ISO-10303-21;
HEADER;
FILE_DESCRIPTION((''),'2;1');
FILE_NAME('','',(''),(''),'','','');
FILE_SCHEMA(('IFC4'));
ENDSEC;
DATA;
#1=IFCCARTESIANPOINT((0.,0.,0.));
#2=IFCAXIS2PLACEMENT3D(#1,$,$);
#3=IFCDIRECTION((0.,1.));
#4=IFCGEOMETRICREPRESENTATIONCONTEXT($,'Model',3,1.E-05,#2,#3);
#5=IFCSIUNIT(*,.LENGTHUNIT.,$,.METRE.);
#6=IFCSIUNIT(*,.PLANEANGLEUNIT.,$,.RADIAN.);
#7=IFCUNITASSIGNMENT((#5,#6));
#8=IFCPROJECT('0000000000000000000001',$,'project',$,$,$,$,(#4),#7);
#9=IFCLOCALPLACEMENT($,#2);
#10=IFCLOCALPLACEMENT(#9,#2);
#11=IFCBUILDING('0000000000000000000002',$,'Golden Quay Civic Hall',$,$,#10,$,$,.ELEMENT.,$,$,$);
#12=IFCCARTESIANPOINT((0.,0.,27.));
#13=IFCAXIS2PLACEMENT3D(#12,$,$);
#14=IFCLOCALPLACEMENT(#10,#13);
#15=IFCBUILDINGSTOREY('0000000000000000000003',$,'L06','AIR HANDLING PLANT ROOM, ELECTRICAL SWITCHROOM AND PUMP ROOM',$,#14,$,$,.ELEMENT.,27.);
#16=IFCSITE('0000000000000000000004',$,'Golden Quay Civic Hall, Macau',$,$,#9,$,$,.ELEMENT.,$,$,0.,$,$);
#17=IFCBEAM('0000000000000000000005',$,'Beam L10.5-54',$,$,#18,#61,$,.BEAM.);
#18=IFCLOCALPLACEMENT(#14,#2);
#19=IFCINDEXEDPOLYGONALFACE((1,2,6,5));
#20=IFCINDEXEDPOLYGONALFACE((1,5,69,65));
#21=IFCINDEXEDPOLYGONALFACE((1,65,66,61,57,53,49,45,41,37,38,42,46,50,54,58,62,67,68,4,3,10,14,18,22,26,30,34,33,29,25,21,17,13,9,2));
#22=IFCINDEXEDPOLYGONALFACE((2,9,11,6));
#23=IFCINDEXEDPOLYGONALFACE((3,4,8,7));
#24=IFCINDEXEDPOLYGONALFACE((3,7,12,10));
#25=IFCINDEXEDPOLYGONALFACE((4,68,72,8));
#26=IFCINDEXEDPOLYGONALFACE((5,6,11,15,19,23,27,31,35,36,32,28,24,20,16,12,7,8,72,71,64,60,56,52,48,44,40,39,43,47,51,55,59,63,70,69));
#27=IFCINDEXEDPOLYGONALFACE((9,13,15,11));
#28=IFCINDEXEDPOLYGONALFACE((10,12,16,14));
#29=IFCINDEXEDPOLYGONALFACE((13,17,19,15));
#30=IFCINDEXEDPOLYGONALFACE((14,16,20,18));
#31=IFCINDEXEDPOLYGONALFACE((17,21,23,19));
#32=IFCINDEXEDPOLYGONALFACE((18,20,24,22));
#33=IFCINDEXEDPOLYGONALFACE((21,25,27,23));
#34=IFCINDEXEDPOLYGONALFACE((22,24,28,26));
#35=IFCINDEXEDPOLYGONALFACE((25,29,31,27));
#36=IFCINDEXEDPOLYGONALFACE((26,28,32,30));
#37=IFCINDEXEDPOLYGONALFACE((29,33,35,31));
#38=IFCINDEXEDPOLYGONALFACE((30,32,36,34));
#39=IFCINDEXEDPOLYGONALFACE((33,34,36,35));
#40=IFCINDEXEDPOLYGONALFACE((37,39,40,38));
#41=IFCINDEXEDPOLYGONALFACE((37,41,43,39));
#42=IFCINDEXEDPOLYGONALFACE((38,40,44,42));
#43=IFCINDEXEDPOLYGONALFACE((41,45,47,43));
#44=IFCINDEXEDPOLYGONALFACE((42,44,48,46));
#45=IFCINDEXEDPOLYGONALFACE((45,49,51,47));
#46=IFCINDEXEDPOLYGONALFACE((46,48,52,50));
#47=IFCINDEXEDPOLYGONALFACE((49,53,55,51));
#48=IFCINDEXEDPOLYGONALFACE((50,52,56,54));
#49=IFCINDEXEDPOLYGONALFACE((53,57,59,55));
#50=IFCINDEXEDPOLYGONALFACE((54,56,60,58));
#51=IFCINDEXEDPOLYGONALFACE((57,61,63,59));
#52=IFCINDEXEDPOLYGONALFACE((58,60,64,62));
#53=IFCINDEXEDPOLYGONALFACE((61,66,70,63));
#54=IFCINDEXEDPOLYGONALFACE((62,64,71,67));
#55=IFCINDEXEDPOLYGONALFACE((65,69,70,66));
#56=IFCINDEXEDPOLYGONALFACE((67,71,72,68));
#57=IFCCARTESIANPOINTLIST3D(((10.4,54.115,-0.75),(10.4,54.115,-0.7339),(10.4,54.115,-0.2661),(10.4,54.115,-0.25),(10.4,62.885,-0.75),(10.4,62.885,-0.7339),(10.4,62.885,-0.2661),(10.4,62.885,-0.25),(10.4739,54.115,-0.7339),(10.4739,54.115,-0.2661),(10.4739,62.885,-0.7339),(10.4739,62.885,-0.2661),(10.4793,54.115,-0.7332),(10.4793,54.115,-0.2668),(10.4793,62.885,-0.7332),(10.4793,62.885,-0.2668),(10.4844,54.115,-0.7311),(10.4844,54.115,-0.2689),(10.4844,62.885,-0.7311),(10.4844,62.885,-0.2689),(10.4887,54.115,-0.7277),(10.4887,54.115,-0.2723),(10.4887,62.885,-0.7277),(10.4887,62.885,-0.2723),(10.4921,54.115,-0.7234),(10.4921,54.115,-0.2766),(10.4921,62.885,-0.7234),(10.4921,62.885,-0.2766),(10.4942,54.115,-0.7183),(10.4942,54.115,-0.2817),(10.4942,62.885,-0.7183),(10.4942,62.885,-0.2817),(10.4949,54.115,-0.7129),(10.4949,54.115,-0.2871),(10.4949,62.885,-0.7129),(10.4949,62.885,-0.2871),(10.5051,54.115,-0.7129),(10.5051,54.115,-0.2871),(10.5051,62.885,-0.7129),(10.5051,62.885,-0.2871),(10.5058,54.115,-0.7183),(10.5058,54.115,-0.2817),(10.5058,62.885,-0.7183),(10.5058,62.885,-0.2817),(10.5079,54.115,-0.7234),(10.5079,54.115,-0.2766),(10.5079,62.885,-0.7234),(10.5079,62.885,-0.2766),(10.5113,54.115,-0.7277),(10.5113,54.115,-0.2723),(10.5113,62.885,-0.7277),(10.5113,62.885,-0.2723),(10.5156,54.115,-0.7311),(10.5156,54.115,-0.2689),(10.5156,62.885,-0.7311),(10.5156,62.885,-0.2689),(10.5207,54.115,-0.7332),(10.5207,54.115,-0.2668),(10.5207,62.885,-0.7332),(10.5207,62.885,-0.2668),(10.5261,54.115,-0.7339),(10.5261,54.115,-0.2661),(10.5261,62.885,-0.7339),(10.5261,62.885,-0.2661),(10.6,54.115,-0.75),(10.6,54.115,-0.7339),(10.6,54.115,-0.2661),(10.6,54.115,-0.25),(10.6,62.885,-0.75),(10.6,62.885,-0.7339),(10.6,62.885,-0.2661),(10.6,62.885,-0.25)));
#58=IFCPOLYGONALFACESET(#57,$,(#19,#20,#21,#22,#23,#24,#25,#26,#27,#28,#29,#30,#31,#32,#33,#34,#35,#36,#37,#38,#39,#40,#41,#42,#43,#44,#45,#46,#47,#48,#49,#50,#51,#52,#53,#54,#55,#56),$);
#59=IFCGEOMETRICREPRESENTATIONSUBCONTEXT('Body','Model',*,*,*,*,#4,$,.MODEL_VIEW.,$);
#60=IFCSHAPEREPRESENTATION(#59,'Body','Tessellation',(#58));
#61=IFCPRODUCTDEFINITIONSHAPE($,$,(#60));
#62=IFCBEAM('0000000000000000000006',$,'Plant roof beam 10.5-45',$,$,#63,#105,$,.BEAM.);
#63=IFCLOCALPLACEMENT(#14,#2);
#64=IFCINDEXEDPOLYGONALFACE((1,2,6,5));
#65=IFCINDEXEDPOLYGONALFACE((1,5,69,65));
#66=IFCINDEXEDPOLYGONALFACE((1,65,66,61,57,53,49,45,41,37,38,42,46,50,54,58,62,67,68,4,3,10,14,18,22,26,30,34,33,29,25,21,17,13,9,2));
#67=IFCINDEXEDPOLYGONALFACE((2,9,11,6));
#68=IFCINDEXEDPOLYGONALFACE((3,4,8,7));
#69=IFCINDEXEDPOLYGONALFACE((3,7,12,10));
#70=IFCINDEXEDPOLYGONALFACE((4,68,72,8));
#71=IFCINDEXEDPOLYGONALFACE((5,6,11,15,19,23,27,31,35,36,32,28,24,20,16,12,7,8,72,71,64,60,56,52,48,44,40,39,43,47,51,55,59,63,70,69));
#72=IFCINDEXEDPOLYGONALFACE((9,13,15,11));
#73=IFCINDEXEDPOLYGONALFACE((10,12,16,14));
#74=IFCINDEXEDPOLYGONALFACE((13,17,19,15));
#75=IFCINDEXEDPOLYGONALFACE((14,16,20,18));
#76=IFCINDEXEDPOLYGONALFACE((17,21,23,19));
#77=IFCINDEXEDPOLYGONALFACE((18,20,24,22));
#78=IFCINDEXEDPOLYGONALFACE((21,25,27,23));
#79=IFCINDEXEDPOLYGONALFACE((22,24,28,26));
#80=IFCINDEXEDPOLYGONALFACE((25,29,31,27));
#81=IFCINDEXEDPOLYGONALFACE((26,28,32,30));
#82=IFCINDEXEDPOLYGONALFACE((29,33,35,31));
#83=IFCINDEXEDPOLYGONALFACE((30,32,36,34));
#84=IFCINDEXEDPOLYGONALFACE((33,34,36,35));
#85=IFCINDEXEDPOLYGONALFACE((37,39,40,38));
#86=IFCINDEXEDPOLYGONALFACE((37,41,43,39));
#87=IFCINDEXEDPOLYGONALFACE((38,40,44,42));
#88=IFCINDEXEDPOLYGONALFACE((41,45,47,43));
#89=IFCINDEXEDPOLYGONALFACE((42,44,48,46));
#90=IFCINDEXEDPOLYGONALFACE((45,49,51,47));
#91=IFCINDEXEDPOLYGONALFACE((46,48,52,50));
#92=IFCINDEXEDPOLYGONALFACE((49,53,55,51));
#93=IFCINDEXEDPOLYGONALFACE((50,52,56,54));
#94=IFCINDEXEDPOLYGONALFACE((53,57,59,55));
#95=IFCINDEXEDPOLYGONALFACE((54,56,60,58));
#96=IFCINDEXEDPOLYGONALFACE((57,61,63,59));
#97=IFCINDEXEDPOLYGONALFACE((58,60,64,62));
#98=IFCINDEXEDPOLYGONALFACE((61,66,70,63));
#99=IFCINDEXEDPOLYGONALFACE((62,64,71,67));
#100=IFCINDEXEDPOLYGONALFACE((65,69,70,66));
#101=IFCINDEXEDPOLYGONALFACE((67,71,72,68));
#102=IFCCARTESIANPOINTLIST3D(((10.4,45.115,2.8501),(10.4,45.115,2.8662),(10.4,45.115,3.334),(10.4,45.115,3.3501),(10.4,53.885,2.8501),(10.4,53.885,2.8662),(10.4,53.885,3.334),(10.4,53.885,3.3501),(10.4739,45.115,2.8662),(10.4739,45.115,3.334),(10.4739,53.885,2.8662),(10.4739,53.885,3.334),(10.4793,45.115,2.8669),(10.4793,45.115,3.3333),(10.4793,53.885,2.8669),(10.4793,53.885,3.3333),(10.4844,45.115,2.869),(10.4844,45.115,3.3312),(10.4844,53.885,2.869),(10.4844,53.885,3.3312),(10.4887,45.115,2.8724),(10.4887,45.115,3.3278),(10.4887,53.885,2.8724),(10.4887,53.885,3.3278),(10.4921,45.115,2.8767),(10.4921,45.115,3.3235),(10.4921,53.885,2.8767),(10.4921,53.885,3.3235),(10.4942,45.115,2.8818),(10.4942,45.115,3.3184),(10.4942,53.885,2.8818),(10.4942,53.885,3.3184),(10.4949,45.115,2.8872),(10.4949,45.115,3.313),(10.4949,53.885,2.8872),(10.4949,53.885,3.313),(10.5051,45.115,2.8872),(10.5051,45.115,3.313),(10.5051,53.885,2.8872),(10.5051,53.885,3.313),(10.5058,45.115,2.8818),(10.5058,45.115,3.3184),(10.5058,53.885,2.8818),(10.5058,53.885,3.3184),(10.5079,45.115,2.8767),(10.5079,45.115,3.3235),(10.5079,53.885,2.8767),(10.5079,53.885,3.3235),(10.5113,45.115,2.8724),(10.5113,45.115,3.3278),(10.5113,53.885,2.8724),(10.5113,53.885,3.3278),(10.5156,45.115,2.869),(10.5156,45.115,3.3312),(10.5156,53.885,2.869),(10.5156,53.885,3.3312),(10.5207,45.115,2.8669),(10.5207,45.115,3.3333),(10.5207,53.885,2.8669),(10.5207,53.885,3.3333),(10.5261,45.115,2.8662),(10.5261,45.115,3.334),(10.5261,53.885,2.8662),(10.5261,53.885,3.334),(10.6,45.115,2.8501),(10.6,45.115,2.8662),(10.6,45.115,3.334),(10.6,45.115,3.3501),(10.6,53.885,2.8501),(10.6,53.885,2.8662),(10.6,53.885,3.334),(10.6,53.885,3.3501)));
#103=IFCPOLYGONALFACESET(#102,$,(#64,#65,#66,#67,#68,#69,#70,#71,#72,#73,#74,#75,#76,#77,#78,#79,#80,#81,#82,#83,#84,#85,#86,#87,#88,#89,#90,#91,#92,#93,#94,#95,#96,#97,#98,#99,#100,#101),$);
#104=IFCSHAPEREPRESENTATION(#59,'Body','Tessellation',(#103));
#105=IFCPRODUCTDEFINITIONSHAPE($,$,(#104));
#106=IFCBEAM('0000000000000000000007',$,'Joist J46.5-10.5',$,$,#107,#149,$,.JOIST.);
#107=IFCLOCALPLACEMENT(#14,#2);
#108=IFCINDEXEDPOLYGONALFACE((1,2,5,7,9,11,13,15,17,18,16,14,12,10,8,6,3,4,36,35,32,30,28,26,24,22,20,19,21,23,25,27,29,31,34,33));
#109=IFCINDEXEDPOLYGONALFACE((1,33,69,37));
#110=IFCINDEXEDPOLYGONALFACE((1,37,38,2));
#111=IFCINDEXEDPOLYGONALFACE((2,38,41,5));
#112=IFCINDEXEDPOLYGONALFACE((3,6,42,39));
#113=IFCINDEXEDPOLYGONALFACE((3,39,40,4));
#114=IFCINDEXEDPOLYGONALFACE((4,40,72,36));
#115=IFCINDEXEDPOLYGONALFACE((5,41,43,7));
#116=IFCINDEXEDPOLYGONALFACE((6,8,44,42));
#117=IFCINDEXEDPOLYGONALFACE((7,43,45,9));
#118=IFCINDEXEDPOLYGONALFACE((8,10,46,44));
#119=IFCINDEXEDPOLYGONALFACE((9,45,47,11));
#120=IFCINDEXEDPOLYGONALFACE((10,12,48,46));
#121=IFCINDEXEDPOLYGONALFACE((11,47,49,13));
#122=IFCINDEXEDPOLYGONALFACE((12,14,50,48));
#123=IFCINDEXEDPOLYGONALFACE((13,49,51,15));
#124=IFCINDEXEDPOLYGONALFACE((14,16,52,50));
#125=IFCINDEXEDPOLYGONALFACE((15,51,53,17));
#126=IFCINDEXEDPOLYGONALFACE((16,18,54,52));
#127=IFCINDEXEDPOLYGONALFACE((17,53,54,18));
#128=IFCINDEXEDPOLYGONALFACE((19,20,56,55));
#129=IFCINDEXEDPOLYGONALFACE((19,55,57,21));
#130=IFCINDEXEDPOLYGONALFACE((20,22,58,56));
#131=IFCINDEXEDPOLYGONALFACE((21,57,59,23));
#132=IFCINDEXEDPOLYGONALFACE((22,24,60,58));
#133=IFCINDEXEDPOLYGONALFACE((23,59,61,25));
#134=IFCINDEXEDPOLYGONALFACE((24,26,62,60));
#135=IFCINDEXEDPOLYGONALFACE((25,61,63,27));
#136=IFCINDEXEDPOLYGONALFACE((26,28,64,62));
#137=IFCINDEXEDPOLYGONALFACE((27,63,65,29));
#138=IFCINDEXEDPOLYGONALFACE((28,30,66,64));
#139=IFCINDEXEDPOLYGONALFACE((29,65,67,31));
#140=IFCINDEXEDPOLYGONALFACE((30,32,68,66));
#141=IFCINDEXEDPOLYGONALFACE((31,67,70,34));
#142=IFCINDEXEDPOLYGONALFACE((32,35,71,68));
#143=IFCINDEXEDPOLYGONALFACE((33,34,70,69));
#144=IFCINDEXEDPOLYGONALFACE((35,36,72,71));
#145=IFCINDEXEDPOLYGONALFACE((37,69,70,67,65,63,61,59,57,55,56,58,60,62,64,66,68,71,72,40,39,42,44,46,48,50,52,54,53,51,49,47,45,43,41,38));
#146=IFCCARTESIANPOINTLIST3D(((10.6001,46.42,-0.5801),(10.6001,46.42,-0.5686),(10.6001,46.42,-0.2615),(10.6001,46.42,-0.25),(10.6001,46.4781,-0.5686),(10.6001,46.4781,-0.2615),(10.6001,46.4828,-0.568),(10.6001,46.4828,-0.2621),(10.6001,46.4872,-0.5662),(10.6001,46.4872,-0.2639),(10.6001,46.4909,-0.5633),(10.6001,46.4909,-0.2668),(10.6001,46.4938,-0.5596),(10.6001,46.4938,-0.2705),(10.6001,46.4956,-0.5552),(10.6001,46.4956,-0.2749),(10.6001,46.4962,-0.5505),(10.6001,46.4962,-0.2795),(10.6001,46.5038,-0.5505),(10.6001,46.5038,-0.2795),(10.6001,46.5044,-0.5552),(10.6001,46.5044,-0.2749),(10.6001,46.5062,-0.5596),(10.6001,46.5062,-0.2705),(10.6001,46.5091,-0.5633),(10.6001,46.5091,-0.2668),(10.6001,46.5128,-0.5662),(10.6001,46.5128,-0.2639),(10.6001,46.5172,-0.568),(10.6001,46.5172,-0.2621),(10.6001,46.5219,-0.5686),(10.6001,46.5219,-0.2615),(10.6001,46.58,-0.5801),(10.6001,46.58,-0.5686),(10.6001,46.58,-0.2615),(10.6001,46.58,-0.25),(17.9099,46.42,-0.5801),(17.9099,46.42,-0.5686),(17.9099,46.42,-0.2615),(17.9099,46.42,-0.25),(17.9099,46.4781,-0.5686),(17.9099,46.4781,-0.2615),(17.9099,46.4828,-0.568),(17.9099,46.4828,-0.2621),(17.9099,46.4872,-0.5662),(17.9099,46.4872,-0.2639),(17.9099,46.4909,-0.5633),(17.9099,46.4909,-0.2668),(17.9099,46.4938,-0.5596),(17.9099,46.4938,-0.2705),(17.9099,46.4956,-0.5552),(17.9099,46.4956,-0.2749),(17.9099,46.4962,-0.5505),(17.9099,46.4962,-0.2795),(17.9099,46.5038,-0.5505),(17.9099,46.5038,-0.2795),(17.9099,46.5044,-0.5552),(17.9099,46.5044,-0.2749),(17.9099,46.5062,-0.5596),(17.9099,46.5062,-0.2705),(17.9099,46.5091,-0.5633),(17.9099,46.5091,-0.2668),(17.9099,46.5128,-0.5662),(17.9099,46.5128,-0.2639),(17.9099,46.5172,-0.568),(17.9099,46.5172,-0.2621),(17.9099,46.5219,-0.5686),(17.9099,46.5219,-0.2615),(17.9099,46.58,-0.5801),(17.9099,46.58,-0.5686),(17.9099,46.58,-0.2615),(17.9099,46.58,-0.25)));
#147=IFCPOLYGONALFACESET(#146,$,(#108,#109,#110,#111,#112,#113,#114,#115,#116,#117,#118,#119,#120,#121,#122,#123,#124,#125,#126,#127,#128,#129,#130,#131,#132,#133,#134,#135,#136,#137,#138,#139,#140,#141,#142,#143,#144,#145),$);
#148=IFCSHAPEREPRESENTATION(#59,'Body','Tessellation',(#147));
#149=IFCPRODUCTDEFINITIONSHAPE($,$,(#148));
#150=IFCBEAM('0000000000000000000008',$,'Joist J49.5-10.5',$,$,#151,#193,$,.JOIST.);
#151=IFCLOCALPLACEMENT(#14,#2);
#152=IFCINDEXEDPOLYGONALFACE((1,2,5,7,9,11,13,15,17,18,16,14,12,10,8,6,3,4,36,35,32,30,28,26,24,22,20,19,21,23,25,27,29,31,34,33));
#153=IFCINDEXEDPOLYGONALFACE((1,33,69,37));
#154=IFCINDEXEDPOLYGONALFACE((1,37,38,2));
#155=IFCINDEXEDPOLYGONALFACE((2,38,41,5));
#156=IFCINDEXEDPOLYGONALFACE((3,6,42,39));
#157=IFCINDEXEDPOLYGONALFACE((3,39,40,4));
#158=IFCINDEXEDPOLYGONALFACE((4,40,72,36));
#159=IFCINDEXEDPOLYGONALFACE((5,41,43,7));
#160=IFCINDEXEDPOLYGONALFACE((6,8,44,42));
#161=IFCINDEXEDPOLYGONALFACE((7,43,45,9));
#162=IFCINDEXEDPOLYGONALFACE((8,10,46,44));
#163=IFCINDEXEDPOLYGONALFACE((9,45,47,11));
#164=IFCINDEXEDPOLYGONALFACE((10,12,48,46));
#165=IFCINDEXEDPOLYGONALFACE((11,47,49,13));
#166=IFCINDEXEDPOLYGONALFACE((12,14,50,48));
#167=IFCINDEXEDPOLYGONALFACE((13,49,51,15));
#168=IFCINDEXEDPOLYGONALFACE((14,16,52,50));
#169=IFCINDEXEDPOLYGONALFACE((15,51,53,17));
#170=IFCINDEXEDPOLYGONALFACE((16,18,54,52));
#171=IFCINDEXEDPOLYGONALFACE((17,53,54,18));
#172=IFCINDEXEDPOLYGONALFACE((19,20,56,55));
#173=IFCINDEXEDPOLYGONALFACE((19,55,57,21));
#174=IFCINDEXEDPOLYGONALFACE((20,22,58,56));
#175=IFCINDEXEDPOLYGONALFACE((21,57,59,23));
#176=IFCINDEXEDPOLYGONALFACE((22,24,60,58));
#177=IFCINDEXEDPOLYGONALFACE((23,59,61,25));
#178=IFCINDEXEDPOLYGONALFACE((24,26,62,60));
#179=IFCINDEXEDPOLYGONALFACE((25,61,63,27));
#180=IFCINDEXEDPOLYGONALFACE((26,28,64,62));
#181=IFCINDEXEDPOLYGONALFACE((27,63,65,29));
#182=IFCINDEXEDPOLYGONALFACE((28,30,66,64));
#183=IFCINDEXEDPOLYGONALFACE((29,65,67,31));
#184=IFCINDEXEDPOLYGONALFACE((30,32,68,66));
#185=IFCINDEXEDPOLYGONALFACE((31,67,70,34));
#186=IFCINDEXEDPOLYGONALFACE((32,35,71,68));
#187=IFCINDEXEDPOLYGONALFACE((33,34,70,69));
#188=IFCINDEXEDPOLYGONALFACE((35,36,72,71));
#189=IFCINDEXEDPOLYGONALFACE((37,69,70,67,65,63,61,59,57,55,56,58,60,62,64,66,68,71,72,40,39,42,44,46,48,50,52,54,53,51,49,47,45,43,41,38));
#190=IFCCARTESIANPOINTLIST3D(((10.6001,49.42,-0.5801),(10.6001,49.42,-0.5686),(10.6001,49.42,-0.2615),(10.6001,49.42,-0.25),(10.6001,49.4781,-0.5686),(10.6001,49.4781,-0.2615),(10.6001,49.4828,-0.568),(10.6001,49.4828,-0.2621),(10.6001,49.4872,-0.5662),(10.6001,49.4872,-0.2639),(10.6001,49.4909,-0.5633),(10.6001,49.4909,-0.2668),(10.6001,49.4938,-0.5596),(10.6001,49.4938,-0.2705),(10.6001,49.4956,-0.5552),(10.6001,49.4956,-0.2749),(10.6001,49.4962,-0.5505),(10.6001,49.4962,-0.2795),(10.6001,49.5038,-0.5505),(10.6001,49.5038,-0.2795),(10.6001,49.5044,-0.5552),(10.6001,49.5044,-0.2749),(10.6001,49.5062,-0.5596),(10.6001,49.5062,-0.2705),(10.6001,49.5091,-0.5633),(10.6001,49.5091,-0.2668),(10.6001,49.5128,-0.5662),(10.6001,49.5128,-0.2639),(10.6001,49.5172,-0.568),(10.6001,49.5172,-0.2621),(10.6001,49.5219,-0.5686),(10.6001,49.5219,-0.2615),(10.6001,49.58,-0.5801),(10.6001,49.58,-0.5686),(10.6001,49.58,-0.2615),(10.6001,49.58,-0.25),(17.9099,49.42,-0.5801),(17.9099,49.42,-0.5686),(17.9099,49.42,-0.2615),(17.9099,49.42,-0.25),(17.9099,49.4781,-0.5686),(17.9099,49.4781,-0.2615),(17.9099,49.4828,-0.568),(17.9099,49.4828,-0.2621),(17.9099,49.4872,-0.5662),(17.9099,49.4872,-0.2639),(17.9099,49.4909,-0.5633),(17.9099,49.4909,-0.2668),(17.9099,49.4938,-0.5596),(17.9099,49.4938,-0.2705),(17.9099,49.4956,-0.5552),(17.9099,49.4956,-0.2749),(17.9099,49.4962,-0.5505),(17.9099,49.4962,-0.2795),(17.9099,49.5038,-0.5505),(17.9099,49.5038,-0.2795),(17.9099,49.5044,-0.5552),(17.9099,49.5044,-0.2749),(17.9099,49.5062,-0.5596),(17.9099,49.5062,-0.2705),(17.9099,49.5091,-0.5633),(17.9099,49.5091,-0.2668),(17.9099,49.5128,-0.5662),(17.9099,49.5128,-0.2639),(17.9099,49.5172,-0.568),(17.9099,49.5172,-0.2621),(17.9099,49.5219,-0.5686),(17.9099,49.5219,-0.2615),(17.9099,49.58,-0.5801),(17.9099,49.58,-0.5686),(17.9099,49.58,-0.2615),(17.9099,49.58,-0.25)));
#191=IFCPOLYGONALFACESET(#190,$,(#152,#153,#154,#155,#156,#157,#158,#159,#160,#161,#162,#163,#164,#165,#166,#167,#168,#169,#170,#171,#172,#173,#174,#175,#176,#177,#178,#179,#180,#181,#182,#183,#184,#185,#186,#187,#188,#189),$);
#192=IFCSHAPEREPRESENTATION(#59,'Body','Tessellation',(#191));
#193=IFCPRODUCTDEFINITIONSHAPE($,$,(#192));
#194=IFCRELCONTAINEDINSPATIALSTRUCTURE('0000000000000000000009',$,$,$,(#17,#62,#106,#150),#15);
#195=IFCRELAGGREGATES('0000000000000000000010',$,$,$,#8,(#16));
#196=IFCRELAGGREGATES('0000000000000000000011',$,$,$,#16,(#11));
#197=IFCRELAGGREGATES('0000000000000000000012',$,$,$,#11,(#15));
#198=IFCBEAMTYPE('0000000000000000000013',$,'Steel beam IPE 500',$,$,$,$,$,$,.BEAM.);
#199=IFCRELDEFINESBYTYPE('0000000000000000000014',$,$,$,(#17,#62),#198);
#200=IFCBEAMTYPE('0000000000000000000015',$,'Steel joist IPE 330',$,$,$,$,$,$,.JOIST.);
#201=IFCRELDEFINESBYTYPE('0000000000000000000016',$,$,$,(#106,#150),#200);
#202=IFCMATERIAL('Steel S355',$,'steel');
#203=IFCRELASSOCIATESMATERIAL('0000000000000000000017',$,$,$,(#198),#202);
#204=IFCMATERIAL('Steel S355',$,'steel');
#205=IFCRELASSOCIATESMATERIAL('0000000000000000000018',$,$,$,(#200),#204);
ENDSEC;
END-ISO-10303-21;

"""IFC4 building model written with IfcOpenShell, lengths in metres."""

from ifc_helpers import new_model, si_unit, direction, frame, origin, origin_2d, place, context, subcontext, project, spatial, i_section, extrude, material, material_profile, profile_set, type_object, element, save


model = new_model("IFC4")

# Units and contexts
model_context = context("Model", 3, precision=1e-05, world=origin(), true_north=direction((0.0, 1.0)))
body_context = subcontext(model_context, "Body", "Model", "MODEL_VIEW")
ifc_project = project(units=[si_unit("LENGTHUNIT", "METRE"), si_unit("PLANEANGLEUNIT", "RADIAN")], contexts=[model_context])

# Site, building, storey
site_placement = place(None, origin())
site = spatial("IfcSite", under=ifc_project, at=site_placement, Name="Golden Quay Civic Hall, Macau", CompositionType="ELEMENT", RefElevation=0.0)
building_placement = place(site_placement, origin())
building = spatial("IfcBuilding", under=site, at=building_placement, Name="Golden Quay Civic Hall", CompositionType="ELEMENT")
storey_placement = place(building_placement, frame((0.0, 0.0, 27.0)))
storey = spatial("IfcBuildingStorey", under=building, at=storey_placement, Name="L06", Description="AIR HANDLING PLANT ROOM, ELECTRICAL SWITCHROOM AND PUMP ROOM", CompositionType="ELEMENT", Elevation=27.0)

# Beams
ifc_material_1 = material(Name="Steel S355", Category="steel")
ifc_material_profile_1 = material_profile(ifc_material_1, i_section(OverallWidth=0.2, OverallDepth=0.5, WebThickness=0.0103, FlangeThickness=0.0161, FilletRadius=0.021, at=origin_2d()), Name="IPE 500")
ifc_profile_set_1 = profile_set([ifc_material_profile_1], Name="Steel S355")
beam_type_1 = type_object("IfcBeamType", Name="Steel beam IPE 500", PredefinedType="BEAM", material=ifc_profile_set_1)
for number, where, z_axis, x_axis, name in (
    (1, (10.5, 54.115, -0.5), (0.0, 1.0, 0.0), (-1.0, 0.0, 0.0), "Beam L10.5-54"),
    (2, (10.5, 45.115, 3.1001), (0.0, 1.0, 0.0), (-1.0, 0.0, 0.0), "Plant roof beam 10.5-45"),
):
    element("IfcBeam", number, at=place(storey_placement, frame(where, z_axis=z_axis, x_axis=x_axis)), inside=storey, type_object=beam_type_1, Name=name, PredefinedType="BEAM", context=body_context, shape_type="SweptSolid", body=[
        extrude(i_section(OverallWidth=0.2, OverallDepth=0.5, WebThickness=0.0103, FlangeThickness=0.0161, FilletRadius=0.021, at=origin_2d()), origin(), (0.0, 0.0, 1.0), 8.77),
    ])
ifc_material_2 = material(Name="Steel S355", Category="steel")
ifc_material_profile_2 = material_profile(ifc_material_2, i_section(OverallWidth=0.1599, OverallDepth=0.3301, WebThickness=0.0076, FlangeThickness=0.0115, FilletRadius=0.0181, at=origin_2d()), Name="IPE 330")
ifc_profile_set_2 = profile_set([ifc_material_profile_2], Name="Steel S355")
beam_type_2 = type_object("IfcBeamType", Name="Steel joist IPE 330", PredefinedType="JOIST", material=ifc_profile_set_2)
for number, where, z_axis, x_axis, name in (
    (3, (10.6001, 46.5, -0.415), (1.0, 0.0, 0.0), (0.0, 1.0, 0.0), "Joist J46.5-10.5"),
    (4, (10.6001, 49.5, -0.415), (1.0, 0.0, 0.0), (0.0, 1.0, 0.0), "Joist J49.5-10.5"),
):
    element("IfcBeam", number, at=place(storey_placement, frame(where, z_axis=z_axis, x_axis=x_axis)), inside=storey, type_object=beam_type_2, Name=name, PredefinedType="JOIST", context=body_context, shape_type="SweptSolid", body=[
        extrude(i_section(OverallWidth=0.1599, OverallDepth=0.3301, WebThickness=0.0076, FlangeThickness=0.0115, FilletRadius=0.0181, at=origin_2d()), origin(), (0.0, 0.0, 1.0), 7.3098),
    ])

save(model, "model.ifc")
